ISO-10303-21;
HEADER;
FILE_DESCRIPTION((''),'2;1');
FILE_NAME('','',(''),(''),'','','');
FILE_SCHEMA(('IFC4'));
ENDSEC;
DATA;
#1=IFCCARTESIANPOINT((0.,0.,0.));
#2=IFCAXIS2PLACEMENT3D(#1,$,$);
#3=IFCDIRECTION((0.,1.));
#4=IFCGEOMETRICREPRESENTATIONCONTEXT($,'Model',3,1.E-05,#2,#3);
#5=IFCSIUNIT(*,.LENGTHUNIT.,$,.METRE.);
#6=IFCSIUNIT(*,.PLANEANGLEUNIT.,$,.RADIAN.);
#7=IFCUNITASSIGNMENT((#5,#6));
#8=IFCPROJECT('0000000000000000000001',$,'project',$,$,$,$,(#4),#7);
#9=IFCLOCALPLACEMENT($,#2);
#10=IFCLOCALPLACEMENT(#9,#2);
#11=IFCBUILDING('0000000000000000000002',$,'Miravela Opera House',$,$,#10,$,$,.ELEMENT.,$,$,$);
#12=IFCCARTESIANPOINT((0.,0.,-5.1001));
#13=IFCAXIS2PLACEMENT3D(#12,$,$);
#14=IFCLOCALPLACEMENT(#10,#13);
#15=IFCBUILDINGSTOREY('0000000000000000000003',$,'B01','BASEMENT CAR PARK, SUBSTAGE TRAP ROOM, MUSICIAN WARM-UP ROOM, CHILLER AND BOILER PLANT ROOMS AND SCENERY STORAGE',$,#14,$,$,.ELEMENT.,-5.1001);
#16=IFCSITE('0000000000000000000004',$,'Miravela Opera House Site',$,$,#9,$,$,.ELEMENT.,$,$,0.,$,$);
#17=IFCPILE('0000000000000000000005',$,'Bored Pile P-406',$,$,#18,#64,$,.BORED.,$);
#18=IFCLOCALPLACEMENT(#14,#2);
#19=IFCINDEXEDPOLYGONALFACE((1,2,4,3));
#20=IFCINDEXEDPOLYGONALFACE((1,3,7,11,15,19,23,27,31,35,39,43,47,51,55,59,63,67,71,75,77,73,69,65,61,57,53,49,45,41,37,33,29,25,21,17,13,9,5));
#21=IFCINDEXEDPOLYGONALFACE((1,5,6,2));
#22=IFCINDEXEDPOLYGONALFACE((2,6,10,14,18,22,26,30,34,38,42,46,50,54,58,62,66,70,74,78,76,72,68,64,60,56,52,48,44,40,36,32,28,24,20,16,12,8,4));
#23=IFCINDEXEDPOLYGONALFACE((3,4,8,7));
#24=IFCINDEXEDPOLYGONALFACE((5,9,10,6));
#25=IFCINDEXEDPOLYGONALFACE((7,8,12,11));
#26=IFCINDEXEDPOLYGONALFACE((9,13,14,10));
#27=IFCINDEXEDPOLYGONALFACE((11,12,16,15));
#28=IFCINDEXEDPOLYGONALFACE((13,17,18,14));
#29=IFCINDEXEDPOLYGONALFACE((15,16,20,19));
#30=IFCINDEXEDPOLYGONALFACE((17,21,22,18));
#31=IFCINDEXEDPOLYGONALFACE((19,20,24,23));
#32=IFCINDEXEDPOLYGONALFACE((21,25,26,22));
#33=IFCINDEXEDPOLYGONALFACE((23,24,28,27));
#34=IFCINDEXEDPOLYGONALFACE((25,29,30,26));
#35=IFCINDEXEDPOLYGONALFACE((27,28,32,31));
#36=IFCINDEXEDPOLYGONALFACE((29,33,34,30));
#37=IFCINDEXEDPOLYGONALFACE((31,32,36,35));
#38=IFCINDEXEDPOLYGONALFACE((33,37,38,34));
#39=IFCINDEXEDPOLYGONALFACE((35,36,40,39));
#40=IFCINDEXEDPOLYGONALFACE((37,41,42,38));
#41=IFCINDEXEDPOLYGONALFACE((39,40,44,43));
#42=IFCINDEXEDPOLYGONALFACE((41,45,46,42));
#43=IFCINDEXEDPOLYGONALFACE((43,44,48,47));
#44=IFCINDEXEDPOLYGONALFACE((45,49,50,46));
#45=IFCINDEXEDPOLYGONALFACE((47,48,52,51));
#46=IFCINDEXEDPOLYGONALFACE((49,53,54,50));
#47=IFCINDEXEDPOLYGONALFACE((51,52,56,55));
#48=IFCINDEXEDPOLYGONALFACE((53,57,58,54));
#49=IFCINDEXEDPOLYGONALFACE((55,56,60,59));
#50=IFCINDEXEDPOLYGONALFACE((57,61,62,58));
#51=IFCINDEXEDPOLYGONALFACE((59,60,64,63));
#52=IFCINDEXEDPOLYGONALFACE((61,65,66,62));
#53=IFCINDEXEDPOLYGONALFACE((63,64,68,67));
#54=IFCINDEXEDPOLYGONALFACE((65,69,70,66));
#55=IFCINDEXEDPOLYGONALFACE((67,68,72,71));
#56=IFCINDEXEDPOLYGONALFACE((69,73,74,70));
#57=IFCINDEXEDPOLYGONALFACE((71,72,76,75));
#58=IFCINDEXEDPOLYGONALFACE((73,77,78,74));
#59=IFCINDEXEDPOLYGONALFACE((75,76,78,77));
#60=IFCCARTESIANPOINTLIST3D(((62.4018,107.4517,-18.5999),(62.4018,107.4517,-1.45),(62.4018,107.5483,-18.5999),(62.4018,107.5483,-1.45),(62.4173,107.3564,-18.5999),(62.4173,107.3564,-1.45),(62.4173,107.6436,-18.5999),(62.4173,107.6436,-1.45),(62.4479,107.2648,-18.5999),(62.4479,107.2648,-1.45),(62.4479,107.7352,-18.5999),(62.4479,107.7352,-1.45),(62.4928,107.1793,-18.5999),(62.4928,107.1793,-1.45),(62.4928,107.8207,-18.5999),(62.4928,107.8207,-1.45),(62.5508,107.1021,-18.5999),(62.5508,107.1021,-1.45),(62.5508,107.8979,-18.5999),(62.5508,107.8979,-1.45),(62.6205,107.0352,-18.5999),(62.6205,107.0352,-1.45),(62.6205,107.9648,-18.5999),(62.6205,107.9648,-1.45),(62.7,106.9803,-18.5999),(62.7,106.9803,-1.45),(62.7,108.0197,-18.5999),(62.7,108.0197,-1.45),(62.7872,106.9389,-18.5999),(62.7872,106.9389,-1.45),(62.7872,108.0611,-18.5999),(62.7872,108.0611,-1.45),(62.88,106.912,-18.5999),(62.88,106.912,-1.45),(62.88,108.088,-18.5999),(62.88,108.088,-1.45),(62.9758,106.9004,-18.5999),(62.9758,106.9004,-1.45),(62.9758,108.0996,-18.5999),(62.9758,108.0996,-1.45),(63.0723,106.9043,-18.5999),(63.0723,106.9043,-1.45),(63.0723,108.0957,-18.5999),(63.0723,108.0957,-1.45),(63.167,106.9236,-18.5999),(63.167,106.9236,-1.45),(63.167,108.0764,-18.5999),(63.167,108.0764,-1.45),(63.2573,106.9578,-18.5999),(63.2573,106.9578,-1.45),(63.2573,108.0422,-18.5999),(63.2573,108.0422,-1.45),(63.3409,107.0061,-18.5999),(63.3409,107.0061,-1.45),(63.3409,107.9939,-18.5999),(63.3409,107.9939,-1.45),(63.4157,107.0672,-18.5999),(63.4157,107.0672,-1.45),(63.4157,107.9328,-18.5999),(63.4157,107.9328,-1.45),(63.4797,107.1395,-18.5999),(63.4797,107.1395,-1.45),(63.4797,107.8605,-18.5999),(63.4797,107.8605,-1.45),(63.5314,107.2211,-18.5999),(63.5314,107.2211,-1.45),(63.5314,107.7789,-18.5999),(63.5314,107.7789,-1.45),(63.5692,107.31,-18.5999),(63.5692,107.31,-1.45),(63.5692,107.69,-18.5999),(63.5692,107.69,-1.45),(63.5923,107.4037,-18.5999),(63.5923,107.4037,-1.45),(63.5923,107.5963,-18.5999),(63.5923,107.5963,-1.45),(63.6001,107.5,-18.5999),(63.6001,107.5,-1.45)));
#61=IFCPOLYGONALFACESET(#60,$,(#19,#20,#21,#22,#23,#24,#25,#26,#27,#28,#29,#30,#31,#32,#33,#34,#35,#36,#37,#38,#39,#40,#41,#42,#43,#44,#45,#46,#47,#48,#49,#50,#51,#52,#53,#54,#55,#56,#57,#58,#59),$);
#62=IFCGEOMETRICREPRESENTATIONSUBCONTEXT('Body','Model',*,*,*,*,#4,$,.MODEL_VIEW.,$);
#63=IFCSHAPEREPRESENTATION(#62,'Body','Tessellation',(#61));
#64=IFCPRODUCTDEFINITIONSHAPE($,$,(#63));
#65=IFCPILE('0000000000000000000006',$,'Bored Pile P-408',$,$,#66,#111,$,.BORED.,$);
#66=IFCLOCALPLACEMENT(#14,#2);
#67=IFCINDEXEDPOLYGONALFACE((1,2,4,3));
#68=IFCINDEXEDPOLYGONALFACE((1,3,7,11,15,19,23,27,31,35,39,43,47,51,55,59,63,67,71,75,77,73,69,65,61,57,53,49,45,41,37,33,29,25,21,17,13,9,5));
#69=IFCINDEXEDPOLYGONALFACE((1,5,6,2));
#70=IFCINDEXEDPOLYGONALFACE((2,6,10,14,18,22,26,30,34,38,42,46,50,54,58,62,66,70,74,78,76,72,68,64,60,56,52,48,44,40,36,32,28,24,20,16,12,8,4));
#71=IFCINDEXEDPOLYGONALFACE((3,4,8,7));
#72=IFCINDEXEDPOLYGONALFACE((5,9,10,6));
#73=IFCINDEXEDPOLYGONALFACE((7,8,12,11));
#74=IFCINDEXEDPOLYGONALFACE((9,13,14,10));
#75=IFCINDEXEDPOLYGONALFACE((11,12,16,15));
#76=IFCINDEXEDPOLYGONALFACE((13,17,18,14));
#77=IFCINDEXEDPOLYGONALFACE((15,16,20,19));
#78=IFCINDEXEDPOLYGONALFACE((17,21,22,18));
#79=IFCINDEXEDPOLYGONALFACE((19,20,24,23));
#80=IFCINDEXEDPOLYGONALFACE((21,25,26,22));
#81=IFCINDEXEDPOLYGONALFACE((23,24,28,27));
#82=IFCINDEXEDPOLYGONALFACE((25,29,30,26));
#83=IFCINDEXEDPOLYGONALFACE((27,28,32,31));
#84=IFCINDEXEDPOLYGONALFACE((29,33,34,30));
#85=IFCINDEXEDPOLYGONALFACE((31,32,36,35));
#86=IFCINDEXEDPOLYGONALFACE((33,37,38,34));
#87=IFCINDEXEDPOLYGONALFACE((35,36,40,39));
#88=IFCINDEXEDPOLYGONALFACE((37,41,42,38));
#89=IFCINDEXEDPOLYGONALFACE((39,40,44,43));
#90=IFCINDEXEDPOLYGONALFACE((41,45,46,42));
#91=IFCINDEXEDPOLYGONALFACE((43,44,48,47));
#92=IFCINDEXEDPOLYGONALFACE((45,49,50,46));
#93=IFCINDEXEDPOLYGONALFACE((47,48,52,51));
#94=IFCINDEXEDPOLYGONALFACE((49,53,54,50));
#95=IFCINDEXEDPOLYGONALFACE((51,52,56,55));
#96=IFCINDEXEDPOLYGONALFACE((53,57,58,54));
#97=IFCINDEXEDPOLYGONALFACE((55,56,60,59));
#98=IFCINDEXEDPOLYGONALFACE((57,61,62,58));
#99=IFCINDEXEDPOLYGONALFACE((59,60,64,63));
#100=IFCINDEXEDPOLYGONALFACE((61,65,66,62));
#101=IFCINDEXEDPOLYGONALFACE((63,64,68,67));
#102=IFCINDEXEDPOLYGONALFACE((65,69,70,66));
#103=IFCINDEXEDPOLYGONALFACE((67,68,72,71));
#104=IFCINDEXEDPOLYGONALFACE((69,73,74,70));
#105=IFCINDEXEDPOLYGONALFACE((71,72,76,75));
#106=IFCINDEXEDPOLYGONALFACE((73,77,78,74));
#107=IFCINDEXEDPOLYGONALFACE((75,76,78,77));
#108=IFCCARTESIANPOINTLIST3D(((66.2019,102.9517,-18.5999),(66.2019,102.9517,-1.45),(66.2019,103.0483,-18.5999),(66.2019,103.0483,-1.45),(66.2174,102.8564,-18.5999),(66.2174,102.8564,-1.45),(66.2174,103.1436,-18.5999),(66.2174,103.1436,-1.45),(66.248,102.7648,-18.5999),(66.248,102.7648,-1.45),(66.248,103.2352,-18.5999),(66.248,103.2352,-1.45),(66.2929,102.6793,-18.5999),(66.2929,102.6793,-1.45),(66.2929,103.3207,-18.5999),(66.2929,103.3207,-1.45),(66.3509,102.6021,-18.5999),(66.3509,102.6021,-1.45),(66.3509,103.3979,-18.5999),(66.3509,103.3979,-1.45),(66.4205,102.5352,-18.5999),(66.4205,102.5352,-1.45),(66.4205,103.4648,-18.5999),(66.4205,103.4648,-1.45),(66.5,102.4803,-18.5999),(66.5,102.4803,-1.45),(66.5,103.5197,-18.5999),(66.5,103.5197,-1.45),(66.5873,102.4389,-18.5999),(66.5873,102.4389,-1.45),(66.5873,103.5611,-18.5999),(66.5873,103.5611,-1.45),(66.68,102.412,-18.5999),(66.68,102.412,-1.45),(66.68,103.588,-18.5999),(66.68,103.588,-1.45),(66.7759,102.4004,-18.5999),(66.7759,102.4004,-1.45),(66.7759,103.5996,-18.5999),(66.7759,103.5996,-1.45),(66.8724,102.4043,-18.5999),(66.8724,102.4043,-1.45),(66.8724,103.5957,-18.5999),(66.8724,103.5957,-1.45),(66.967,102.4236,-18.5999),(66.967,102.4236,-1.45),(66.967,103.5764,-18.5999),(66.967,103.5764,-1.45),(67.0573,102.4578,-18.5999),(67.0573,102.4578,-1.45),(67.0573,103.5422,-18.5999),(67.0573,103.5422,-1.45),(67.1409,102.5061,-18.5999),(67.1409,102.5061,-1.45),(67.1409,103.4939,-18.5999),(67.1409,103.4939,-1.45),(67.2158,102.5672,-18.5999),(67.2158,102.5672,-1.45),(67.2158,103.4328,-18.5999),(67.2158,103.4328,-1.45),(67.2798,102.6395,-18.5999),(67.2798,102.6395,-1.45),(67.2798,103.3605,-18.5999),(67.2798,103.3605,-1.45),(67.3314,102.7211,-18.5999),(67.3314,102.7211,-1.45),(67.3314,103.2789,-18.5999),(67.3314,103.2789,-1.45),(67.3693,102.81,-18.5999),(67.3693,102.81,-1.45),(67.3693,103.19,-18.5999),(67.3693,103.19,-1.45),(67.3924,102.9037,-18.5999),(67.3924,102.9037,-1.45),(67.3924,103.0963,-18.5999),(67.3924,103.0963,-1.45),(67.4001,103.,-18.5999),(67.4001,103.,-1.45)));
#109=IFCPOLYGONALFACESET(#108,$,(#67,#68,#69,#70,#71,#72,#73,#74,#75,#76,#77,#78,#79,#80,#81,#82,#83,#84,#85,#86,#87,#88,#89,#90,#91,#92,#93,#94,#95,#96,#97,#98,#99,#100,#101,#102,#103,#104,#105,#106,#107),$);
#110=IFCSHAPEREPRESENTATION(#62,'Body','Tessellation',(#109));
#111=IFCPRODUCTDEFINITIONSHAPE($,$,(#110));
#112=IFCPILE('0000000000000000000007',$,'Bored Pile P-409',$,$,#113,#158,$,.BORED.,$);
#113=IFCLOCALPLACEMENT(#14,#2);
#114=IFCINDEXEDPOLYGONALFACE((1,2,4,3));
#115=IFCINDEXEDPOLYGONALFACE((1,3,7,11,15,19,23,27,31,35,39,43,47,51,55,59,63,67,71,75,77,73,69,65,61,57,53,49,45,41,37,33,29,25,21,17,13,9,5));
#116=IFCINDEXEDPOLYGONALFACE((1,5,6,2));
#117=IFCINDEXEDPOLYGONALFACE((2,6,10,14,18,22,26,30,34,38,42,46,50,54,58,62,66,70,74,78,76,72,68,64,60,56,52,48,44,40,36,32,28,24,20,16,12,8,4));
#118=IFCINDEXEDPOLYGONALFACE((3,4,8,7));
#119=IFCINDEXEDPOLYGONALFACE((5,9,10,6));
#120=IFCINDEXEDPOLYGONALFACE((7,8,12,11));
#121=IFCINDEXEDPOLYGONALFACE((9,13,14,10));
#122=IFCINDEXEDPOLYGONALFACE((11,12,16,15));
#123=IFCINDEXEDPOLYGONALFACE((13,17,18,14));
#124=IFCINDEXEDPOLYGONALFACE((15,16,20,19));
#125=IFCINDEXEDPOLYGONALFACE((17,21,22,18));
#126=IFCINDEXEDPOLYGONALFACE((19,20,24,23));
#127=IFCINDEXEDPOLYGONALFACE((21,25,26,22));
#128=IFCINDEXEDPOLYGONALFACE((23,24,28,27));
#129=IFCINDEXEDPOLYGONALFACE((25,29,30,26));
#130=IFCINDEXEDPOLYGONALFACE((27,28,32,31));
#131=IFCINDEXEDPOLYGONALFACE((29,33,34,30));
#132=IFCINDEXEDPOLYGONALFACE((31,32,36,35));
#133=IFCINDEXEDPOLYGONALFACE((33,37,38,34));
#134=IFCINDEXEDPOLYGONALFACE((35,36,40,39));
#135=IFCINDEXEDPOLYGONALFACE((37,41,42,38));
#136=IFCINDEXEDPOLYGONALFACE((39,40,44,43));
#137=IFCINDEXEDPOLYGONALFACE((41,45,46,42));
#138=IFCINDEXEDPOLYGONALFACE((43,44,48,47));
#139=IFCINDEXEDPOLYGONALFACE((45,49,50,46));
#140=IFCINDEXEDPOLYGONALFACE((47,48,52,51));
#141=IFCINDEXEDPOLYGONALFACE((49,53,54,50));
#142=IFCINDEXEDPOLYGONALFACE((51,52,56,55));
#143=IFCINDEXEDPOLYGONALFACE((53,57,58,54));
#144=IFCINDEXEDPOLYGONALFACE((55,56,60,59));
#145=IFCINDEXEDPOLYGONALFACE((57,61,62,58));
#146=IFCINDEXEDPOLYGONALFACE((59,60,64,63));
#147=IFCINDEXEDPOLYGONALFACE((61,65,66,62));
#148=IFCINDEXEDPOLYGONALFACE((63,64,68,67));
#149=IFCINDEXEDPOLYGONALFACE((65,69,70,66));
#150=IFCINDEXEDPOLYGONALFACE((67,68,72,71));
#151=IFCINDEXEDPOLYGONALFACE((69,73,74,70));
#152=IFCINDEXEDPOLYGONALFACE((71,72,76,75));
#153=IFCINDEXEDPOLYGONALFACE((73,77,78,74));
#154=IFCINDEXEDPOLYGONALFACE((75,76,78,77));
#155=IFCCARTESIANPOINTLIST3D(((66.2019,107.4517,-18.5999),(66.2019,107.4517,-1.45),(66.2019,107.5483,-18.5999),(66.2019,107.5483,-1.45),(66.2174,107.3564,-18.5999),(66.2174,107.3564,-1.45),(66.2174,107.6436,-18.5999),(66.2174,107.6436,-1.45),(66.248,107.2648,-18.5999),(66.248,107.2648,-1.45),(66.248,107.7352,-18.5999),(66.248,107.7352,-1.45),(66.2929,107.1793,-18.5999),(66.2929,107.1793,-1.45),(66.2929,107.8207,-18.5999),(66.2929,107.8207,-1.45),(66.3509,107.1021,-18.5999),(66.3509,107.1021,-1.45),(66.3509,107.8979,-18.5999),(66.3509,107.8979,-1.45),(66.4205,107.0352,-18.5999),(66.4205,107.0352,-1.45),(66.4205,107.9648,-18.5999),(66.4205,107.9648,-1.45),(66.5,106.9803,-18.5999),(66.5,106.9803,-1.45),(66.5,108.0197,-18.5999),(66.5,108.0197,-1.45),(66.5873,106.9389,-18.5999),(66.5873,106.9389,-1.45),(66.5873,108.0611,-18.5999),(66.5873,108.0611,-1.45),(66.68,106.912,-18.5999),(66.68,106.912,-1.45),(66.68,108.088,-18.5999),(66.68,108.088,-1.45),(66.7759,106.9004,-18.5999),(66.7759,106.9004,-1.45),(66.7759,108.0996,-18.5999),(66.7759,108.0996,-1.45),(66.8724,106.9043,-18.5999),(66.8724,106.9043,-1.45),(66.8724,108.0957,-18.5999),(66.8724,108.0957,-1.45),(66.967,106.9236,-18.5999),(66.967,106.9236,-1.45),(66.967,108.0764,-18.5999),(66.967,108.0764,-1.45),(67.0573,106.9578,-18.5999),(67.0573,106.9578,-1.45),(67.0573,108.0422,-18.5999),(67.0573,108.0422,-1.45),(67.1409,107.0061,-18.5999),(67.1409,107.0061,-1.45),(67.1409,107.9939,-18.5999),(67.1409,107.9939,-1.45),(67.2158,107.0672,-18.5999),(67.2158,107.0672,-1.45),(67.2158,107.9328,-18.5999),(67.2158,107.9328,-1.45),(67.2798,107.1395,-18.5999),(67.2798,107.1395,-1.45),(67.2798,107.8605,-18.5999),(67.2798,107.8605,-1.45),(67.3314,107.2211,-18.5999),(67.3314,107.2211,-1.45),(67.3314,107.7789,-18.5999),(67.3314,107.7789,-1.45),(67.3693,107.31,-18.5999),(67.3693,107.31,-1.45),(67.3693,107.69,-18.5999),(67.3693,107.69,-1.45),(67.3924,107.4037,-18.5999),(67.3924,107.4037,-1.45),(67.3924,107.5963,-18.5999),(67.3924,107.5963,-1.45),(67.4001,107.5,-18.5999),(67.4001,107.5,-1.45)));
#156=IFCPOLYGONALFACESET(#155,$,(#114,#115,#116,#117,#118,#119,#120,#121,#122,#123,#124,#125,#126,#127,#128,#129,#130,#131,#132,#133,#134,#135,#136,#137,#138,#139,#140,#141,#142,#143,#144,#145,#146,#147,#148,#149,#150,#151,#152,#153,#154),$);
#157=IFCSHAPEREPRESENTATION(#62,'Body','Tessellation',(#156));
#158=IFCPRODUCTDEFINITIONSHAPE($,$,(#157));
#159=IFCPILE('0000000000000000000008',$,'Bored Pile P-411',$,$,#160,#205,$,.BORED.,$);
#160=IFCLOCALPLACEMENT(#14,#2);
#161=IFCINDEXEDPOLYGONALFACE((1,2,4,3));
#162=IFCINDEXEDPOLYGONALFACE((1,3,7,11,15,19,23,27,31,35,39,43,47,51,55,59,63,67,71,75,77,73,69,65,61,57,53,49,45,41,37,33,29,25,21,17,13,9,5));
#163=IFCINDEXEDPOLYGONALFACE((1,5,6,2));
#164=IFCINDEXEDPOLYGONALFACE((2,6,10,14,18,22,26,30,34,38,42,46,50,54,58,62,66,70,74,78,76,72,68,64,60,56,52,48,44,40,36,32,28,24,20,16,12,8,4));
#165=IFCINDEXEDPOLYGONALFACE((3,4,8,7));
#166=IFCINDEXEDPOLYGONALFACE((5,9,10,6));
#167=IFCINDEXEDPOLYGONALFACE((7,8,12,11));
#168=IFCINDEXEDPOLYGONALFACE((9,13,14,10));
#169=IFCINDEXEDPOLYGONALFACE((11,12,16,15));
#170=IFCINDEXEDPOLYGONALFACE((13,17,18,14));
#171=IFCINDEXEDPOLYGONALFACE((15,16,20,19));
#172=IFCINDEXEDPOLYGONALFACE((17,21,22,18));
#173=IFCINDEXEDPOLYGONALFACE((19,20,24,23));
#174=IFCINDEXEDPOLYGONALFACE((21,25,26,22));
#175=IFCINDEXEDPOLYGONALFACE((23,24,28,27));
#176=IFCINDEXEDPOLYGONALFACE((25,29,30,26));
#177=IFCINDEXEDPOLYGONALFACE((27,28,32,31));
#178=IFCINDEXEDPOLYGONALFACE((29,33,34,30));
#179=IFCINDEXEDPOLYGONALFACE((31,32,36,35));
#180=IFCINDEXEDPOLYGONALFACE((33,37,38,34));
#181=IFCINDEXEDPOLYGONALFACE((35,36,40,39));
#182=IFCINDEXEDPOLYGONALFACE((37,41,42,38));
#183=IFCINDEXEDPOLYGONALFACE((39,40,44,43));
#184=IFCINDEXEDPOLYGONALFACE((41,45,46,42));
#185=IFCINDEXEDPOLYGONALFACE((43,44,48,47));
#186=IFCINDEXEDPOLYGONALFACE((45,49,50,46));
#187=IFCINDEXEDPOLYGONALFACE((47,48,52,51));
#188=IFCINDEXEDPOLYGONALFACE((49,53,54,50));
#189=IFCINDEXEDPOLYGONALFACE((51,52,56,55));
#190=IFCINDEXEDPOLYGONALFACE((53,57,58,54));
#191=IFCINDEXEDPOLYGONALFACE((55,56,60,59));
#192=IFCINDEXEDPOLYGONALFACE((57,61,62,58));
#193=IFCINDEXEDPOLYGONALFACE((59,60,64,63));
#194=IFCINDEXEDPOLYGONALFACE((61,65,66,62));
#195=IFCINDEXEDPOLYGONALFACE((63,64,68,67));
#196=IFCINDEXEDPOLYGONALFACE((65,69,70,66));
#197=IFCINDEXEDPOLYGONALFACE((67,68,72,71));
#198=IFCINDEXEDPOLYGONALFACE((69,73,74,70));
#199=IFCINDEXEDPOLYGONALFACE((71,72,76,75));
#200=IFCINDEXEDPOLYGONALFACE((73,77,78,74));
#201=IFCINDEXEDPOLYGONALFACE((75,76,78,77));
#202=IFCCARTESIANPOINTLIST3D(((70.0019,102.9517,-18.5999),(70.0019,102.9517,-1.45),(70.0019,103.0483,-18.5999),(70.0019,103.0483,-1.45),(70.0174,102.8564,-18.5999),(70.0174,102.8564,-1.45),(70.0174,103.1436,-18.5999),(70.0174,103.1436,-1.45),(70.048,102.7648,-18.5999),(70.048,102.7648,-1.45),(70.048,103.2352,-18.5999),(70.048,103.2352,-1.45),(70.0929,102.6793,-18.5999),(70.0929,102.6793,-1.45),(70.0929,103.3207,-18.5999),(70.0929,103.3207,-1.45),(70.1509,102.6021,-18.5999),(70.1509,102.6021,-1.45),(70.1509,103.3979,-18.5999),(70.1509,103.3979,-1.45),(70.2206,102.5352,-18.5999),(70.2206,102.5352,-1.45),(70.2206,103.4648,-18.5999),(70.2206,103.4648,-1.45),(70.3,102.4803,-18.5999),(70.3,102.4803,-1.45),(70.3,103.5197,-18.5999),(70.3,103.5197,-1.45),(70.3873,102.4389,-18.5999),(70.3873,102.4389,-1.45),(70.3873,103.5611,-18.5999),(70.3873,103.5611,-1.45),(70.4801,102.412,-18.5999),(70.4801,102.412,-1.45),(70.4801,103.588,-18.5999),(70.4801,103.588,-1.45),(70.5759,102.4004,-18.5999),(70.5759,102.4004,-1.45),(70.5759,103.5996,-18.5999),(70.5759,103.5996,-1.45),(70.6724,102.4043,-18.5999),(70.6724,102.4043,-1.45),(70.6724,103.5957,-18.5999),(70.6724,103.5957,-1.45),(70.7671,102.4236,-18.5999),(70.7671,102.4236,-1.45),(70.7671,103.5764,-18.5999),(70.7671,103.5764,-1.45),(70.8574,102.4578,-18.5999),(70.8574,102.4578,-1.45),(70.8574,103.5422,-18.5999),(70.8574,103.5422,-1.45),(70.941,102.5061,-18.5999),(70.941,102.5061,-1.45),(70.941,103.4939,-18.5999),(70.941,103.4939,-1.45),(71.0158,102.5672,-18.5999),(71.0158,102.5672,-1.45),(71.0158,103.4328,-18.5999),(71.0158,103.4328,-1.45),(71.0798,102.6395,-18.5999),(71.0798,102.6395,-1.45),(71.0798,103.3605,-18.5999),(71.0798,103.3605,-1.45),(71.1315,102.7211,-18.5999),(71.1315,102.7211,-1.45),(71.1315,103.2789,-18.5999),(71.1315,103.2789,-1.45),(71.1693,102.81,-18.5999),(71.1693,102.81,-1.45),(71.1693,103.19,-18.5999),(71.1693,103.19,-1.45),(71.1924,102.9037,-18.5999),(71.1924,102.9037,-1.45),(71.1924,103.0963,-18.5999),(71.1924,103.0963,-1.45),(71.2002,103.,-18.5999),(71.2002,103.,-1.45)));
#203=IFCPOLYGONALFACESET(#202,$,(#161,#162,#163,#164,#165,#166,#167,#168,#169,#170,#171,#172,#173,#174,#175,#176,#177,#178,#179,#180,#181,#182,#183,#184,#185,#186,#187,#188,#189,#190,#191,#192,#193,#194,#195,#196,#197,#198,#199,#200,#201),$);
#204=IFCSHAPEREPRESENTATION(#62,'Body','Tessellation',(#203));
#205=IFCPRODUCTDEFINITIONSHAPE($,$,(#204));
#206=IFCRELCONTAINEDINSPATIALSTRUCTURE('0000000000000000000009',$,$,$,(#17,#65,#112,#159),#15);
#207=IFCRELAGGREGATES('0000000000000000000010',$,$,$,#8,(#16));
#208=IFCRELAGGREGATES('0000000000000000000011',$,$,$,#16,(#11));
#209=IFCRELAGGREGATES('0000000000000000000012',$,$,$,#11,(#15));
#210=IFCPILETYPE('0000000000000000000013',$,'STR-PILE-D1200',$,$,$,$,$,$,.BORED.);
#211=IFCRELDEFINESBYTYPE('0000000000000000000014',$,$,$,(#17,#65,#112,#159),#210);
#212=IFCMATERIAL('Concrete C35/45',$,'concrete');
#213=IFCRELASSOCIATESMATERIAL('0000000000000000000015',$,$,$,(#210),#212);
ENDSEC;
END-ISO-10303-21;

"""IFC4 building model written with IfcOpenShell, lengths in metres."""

from ifc_helpers import new_model, si_unit, direction, frame, origin, origin_2d, place, context, subcontext, project, spatial, circle, extrude, material, material_profile, profile_set, type_object, element, save


model = new_model("IFC4")

# Units and contexts
model_context = context("Model", 3, precision=1e-05, world=origin(), true_north=direction((0.0, 1.0)))
body_context = subcontext(model_context, "Body", "Model", "MODEL_VIEW")
ifc_project = project(units=[si_unit("LENGTHUNIT", "METRE"), si_unit("PLANEANGLEUNIT", "RADIAN")], contexts=[model_context])

# Site, building, storey
site_placement = place(None, origin())
site = spatial("IfcSite", under=ifc_project, at=site_placement, Name="Miravela Opera House Site", CompositionType="ELEMENT", RefElevation=0.0)
building_placement = place(site_placement, origin())
building = spatial("IfcBuilding", under=site, at=building_placement, Name="Miravela Opera House", CompositionType="ELEMENT")
storey_placement = place(building_placement, frame((0.0, 0.0, -5.1001)))
storey = spatial("IfcBuildingStorey", under=building, at=storey_placement, Name="B01", Description="BASEMENT CAR PARK, SUBSTAGE TRAP ROOM, MUSICIAN WARM-UP ROOM, CHILLER AND BOILER PLANT ROOMS AND SCENERY STORAGE", CompositionType="ELEMENT", Elevation=-5.1001)

# Piles
ifc_material_1 = material(Name="Concrete C35/45", Category="concrete")
ifc_material_profile_1 = material_profile(ifc_material_1, circle(Radius=0.6001, at=origin_2d()), Name="PILE-D1200")
ifc_profile_set_1 = profile_set([ifc_material_profile_1])
pile_type_1 = type_object("IfcPileType", Name="STR-PILE-D1200", PredefinedType="BORED", material=ifc_profile_set_1)
for number, where, z_axis, x_axis, name in (
    (1, (63.0, 107.5, -1.45), (0.0, 0.0, -1.0), (1.0, 0.0, 0.0), "Bored Pile P-406"),
    (2, (66.8, 103.0, -1.45), (0.0, 0.0, -1.0), (1.0, 0.0, 0.0), "Bored Pile P-408"),
    (3, (66.8, 107.5, -1.45), (0.0, 0.0, -1.0), (1.0, 0.0, 0.0), "Bored Pile P-409"),
    (4, (70.6001, 103.0, -1.45), (0.0, 0.0, -1.0), (1.0, 0.0, 0.0), "Bored Pile P-411"),
):
    element("IfcPile", number, at=place(storey_placement, frame(where, z_axis=z_axis, x_axis=x_axis)), inside=storey, type_object=pile_type_1, Name=name, PredefinedType="BORED", context=body_context, shape_type="SweptSolid", body=[
        extrude(circle(Radius=0.6001, at=origin_2d()), origin(), (0.0, 0.0, 1.0), 17.1499),
    ])

save(model, "model.ifc")
